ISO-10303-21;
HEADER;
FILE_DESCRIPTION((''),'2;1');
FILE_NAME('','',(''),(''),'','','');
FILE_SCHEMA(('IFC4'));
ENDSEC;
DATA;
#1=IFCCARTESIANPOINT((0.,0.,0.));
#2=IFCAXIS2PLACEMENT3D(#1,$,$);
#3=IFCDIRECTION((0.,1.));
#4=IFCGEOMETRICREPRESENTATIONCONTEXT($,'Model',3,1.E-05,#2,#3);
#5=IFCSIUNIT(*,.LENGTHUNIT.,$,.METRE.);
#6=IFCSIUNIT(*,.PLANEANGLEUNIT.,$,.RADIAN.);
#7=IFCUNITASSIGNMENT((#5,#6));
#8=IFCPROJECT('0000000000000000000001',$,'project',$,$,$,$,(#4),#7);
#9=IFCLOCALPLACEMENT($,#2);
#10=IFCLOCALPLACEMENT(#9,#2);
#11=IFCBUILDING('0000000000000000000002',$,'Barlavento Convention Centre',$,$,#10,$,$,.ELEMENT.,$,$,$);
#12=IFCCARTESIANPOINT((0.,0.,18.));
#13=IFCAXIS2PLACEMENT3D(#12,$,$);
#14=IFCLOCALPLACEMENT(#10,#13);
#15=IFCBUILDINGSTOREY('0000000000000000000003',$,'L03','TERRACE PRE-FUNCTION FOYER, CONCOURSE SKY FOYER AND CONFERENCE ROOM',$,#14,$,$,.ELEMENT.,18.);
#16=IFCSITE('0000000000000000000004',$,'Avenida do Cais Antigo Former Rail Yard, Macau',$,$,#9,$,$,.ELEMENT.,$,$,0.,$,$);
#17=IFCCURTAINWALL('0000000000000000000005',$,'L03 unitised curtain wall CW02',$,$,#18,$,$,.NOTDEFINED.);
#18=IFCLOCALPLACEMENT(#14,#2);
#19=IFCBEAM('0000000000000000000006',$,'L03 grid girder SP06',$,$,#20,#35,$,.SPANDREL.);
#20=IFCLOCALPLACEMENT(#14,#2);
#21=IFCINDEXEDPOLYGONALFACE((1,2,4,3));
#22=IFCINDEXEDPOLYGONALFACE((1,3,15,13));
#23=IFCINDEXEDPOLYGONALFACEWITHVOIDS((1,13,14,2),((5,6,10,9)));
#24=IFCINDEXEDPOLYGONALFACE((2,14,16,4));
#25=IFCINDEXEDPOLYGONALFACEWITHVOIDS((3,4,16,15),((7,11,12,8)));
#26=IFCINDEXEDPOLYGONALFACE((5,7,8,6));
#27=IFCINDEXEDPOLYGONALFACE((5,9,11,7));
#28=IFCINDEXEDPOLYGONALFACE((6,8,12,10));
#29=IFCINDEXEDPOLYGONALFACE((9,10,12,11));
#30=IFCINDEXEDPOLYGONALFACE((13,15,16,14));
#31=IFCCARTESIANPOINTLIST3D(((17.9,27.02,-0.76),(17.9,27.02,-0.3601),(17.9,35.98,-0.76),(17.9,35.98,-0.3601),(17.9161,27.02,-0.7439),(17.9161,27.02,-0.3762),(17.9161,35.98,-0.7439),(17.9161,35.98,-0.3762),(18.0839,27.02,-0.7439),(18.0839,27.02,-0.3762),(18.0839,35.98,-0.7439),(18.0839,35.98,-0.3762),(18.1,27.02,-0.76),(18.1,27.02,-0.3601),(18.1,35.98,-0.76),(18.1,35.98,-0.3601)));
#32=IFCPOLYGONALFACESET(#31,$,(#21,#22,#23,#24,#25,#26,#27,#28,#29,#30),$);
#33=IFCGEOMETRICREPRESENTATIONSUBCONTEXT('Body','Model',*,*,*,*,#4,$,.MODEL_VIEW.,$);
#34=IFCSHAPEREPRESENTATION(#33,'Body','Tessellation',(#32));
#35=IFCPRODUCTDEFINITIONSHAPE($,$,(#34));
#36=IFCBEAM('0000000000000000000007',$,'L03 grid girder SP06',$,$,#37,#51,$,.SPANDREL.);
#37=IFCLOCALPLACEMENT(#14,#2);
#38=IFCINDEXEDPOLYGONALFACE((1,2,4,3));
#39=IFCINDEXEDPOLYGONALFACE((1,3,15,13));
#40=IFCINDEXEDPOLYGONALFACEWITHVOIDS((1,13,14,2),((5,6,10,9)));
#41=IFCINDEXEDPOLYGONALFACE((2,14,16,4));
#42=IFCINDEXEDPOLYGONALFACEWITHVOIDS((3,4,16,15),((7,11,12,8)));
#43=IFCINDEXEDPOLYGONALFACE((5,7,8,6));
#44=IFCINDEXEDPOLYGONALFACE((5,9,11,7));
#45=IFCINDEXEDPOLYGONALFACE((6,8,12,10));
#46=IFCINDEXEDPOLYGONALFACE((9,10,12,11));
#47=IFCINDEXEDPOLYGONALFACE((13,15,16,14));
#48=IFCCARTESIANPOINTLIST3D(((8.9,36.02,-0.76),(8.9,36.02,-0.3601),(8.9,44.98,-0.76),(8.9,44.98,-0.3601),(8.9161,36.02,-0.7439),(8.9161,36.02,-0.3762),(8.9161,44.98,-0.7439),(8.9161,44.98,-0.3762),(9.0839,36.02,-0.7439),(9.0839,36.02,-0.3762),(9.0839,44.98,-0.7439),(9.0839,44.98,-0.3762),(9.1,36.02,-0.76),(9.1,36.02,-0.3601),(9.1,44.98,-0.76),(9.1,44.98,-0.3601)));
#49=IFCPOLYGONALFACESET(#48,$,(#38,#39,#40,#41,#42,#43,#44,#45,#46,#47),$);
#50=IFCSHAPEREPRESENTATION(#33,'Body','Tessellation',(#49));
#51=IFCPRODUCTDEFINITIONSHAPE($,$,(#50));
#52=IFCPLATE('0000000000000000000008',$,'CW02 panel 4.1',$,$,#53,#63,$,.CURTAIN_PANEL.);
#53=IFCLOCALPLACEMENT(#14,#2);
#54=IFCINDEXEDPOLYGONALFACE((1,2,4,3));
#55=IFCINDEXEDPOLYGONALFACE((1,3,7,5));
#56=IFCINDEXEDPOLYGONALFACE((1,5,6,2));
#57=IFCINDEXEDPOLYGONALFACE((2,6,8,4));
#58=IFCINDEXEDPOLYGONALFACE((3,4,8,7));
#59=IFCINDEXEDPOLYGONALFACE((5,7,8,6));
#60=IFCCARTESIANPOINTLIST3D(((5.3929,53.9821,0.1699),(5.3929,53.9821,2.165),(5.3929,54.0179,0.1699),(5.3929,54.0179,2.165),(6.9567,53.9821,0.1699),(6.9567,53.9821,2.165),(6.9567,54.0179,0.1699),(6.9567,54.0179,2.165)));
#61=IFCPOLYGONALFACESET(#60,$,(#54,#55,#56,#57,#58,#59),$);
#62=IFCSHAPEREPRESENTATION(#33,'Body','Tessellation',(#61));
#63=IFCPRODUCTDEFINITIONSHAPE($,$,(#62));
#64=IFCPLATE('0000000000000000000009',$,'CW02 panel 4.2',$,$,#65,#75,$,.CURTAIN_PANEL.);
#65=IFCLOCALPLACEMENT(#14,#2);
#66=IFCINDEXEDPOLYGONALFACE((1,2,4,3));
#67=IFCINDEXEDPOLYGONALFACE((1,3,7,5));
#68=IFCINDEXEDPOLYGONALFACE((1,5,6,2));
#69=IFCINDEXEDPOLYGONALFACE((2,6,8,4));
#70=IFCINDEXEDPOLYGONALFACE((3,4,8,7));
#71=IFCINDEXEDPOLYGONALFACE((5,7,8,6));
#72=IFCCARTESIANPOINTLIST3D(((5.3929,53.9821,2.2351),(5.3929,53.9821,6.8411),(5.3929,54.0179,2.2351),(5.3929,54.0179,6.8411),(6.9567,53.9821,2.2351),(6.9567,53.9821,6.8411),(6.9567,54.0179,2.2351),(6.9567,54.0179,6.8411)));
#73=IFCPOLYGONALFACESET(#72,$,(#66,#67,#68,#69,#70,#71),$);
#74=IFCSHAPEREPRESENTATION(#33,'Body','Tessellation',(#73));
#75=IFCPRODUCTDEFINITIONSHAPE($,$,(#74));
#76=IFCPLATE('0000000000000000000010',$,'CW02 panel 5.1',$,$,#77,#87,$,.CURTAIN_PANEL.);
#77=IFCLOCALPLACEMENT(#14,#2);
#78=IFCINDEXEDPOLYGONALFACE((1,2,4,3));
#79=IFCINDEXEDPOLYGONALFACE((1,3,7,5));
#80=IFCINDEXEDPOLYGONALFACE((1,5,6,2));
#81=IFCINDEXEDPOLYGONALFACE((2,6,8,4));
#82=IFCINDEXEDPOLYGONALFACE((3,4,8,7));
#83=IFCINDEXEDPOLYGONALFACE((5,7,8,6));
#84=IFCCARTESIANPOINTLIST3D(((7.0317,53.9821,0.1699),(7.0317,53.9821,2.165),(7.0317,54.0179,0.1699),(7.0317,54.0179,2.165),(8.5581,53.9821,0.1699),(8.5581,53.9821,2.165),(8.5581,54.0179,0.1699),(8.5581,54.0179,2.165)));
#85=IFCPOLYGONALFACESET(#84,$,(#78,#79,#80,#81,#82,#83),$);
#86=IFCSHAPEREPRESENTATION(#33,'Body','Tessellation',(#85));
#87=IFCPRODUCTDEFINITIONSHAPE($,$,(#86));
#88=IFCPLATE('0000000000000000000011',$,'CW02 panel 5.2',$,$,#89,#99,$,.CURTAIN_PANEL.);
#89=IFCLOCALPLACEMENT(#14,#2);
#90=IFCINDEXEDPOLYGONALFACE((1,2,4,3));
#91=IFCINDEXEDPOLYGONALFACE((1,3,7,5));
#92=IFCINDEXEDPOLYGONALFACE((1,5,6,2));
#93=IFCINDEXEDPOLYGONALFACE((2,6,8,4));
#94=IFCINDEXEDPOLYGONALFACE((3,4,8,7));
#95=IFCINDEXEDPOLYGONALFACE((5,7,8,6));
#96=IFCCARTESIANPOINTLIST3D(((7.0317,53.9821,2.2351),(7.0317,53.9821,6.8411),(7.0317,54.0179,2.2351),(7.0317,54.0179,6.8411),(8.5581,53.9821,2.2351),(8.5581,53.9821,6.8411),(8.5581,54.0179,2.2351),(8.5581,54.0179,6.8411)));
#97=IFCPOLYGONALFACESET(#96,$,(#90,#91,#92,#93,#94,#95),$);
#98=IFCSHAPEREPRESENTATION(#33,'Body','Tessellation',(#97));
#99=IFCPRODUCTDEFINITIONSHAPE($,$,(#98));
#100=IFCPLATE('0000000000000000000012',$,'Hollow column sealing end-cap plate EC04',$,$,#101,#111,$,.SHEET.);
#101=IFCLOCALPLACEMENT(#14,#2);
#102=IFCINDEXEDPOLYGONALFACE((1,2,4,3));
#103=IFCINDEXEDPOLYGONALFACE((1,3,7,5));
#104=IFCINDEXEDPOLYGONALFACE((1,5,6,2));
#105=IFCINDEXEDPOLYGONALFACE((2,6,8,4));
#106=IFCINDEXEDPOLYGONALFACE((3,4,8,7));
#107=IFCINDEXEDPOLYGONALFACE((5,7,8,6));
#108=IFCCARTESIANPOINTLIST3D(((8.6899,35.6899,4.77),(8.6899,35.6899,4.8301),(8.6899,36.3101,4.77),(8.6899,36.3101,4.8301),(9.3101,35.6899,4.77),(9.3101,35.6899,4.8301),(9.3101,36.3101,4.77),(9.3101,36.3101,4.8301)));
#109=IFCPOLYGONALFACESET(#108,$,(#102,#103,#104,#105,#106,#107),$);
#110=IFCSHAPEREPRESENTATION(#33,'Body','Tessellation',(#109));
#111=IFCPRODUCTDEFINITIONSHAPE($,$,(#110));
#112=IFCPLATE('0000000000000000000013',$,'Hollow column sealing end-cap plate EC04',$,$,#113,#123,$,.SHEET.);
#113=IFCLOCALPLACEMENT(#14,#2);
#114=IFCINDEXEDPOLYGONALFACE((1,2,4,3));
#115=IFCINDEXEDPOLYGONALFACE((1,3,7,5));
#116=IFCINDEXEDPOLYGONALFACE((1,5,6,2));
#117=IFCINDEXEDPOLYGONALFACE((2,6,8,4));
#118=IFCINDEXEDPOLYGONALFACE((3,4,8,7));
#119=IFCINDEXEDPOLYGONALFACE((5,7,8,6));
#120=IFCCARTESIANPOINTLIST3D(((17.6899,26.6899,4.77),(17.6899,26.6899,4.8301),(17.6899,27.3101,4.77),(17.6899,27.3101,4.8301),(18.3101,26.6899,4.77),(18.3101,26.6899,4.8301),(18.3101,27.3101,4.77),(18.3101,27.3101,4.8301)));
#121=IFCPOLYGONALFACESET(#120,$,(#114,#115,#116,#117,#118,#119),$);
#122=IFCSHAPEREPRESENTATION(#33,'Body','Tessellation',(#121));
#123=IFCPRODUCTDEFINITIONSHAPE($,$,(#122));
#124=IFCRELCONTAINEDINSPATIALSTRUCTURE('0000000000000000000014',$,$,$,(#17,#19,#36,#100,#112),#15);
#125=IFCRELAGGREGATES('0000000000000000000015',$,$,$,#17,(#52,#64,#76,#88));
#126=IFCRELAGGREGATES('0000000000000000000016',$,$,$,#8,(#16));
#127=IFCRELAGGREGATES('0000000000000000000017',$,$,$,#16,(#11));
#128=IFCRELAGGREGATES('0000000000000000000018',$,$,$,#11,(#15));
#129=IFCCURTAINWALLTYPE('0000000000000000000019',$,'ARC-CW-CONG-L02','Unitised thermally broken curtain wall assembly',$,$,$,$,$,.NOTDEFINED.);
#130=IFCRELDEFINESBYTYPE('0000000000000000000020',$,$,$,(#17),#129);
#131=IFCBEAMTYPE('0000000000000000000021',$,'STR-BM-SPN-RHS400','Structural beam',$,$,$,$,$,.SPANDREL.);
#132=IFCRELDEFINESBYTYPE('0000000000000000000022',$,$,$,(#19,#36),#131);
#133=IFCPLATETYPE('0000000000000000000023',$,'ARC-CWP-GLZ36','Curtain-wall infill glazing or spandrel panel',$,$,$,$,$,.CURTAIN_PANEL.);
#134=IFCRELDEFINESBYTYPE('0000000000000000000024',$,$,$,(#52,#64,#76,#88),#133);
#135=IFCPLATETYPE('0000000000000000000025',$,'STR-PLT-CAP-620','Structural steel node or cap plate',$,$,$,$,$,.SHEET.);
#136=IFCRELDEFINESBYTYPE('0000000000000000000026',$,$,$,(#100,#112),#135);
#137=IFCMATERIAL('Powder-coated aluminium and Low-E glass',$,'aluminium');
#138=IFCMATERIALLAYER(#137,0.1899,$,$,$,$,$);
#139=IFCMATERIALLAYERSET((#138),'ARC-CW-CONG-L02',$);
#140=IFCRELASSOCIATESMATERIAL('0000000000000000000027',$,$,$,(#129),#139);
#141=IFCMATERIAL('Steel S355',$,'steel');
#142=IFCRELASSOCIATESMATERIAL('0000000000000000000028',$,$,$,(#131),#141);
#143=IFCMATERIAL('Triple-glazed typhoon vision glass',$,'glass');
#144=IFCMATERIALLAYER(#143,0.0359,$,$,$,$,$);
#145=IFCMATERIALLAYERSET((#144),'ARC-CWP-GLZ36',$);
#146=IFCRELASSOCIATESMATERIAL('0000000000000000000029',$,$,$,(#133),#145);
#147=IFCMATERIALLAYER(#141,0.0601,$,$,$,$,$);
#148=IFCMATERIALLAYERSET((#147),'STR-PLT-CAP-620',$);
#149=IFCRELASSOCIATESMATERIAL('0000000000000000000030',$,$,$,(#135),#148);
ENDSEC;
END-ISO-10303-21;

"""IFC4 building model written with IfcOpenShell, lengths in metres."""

from ifc_helpers import new_model, si_unit, direction, frame, origin, origin_2d, place, context, subcontext, project, spatial, rectangle, hollow_rectangle, extrude, material, layer, layer_set, material_profile, profile_set, type_object, element, aggregate, save


model = new_model("IFC4")

# Units and contexts
model_context = context("Model", 3, precision=1e-05, world=origin(), true_north=direction((0.0, 1.0)))
body_context = subcontext(model_context, "Body", "Model", "MODEL_VIEW")
ifc_project = project(units=[si_unit("LENGTHUNIT", "METRE"), si_unit("PLANEANGLEUNIT", "RADIAN")], contexts=[model_context])

# Site, building, storey
site_placement = place(None, origin())
site = spatial("IfcSite", under=ifc_project, at=site_placement, Name="Avenida do Cais Antigo Former Rail Yard, Macau", CompositionType="ELEMENT", RefElevation=0.0)
building_placement = place(site_placement, origin())
building = spatial("IfcBuilding", under=site, at=building_placement, Name="Barlavento Convention Centre", CompositionType="ELEMENT")
storey_placement = place(building_placement, frame((0.0, 0.0, 18.0)))
storey = spatial("IfcBuildingStorey", under=building, at=storey_placement, Name="L03", Description="TERRACE PRE-FUNCTION FOYER, CONCOURSE SKY FOYER AND CONFERENCE ROOM", CompositionType="ELEMENT", Elevation=18.0)

# Shared definitions
ifc_material_1 = material(Name="Steel S355", Category="steel")

# Curtain wall
ifc_material_2 = material(Name="Powder-coated aluminium and Low-E glass", Category="aluminium")
ifc_layer_1 = layer(ifc_material_2, 0.1899)
ifc_layer_set_1 = layer_set([ifc_layer_1], Name="ARC-CW-CONG-L02")
curtain_wall_type = type_object("IfcCurtainWallType", Name="ARC-CW-CONG-L02", Description="Unitised thermally broken curtain wall assembly", PredefinedType="NOTDEFINED", material=ifc_layer_set_1)
curtain_wall_1_placement = place(storey_placement, origin())
curtain_wall_1 = element("IfcCurtainWall", 1, at=curtain_wall_1_placement, inside=storey, type_object=curtain_wall_type, Name="L03 unitised curtain wall CW02", PredefinedType="NOTDEFINED")

# Beams
ifc_material_profile_1 = material_profile(ifc_material_1, hollow_rectangle(XDim=0.2, YDim=0.3999, WallThickness=0.0161, at=origin_2d()), Name="RHS 400x200x16.0")
ifc_profile_set_1 = profile_set([ifc_material_profile_1], Name="Steel S355")
beam_type_1 = type_object("IfcBeamType", Name="STR-BM-SPN-RHS400", Description="Structural beam", PredefinedType="SPANDREL", material=ifc_profile_set_1)
for number, where, z_axis, x_axis, name in (
    (2, (18.0, 27.02, -0.5601), (0.0, 1.0, 0.0), (-1.0, 0.0, 0.0), "L03 grid girder SP06"),
    (3, (9.0, 36.02, -0.5601), (0.0, 1.0, 0.0), (-1.0, 0.0, 0.0), "L03 grid girder SP06"),
):
    element("IfcBeam", number, at=place(storey_placement, frame(where, z_axis=z_axis, x_axis=x_axis)), inside=storey, type_object=beam_type_1, Name=name, PredefinedType="SPANDREL", context=body_context, shape_type="SweptSolid", body=[
        extrude(hollow_rectangle(XDim=0.2, YDim=0.3999, WallThickness=0.0161, at=origin_2d()), origin(), (0.0, 0.0, 1.0), 8.96),
    ])

# Plates
ifc_material_3 = material(Name="Triple-glazed typhoon vision glass", Category="glass")
ifc_layer_2 = layer(ifc_material_3, 0.0359)
ifc_layer_set_2 = layer_set([ifc_layer_2], Name="ARC-CWP-GLZ36")
plate_type_1 = type_object("IfcPlateType", Name="ARC-CWP-GLZ36", Description="Curtain-wall infill glazing or spandrel panel", PredefinedType="CURTAIN_PANEL", material=ifc_layer_set_2)
plate_1_placement = place(storey_placement, frame((6.1748, 54.0, 0.1699), z_axis=(0.0, 0.0, 1.0), x_axis=(1.0, 0.0, 0.0)))
plate_1 = element("IfcPlate", 4, at=plate_1_placement, type_object=plate_type_1, Name="CW02 panel 4.1", PredefinedType="CURTAIN_PANEL", context=body_context, shape_type="SweptSolid", body=[
    extrude(rectangle(XDim=1.5637, YDim=0.0359, at=origin_2d()), origin(), (0.0, 0.0, 1.0), 1.9951),
])
plate_2_placement = place(storey_placement, frame((6.1748, 54.0, 2.2351), z_axis=(0.0, 0.0, 1.0), x_axis=(1.0, 0.0, 0.0)))
plate_2 = element("IfcPlate", 5, at=plate_2_placement, type_object=plate_type_1, Name="CW02 panel 4.2", PredefinedType="CURTAIN_PANEL", context=body_context, shape_type="SweptSolid", body=[
    extrude(rectangle(XDim=1.5637, YDim=0.0359, at=origin_2d()), origin(), (0.0, 0.0, 1.0), 4.606),
])
plate_3_placement = place(storey_placement, frame((7.7949, 54.0, 0.1699), z_axis=(0.0, 0.0, 1.0), x_axis=(1.0, 0.0, 0.0)))
plate_3 = element("IfcPlate", 6, at=plate_3_placement, type_object=plate_type_1, Name="CW02 panel 5.1", PredefinedType="CURTAIN_PANEL", context=body_context, shape_type="SweptSolid", body=[
    extrude(rectangle(XDim=1.5264, YDim=0.0359, at=origin_2d()), origin(), (0.0, 0.0, 1.0), 1.9951),
])
plate_4_placement = place(storey_placement, frame((7.7949, 54.0, 2.2351), z_axis=(0.0, 0.0, 1.0), x_axis=(1.0, 0.0, 0.0)))
plate_4 = element("IfcPlate", 7, at=plate_4_placement, type_object=plate_type_1, Name="CW02 panel 5.2", PredefinedType="CURTAIN_PANEL", context=body_context, shape_type="SweptSolid", body=[
    extrude(rectangle(XDim=1.5264, YDim=0.0359, at=origin_2d()), origin(), (0.0, 0.0, 1.0), 4.606),
])
aggregate(curtain_wall_1, [plate_1, plate_2, plate_3, plate_4])

# Plates
ifc_layer_3 = layer(ifc_material_1, 0.0601)
ifc_layer_set_3 = layer_set([ifc_layer_3], Name="STR-PLT-CAP-620")
plate_type_2 = type_object("IfcPlateType", Name="STR-PLT-CAP-620", Description="Structural steel node or cap plate", PredefinedType="SHEET", material=ifc_layer_set_3)
for number, where, z_axis, x_axis, name in (
    (8, (9.0, 36.0, 4.77), (0.0, 0.0, 1.0), (1.0, 0.0, 0.0), "Hollow column sealing end-cap plate EC04"),
    (9, (18.0, 27.0, 4.77), (0.0, 0.0, 1.0), (1.0, 0.0, 0.0), "Hollow column sealing end-cap plate EC04"),
):
    element("IfcPlate", number, at=place(storey_placement, frame(where, z_axis=z_axis, x_axis=x_axis)), inside=storey, type_object=plate_type_2, Name=name, PredefinedType="SHEET", context=body_context, shape_type="SweptSolid", body=[
        extrude(rectangle(XDim=0.6201, YDim=0.6201, at=origin_2d()), origin(), (0.0, 0.0, 1.0), 0.0601),
    ])

save(model, "model.ifc")
